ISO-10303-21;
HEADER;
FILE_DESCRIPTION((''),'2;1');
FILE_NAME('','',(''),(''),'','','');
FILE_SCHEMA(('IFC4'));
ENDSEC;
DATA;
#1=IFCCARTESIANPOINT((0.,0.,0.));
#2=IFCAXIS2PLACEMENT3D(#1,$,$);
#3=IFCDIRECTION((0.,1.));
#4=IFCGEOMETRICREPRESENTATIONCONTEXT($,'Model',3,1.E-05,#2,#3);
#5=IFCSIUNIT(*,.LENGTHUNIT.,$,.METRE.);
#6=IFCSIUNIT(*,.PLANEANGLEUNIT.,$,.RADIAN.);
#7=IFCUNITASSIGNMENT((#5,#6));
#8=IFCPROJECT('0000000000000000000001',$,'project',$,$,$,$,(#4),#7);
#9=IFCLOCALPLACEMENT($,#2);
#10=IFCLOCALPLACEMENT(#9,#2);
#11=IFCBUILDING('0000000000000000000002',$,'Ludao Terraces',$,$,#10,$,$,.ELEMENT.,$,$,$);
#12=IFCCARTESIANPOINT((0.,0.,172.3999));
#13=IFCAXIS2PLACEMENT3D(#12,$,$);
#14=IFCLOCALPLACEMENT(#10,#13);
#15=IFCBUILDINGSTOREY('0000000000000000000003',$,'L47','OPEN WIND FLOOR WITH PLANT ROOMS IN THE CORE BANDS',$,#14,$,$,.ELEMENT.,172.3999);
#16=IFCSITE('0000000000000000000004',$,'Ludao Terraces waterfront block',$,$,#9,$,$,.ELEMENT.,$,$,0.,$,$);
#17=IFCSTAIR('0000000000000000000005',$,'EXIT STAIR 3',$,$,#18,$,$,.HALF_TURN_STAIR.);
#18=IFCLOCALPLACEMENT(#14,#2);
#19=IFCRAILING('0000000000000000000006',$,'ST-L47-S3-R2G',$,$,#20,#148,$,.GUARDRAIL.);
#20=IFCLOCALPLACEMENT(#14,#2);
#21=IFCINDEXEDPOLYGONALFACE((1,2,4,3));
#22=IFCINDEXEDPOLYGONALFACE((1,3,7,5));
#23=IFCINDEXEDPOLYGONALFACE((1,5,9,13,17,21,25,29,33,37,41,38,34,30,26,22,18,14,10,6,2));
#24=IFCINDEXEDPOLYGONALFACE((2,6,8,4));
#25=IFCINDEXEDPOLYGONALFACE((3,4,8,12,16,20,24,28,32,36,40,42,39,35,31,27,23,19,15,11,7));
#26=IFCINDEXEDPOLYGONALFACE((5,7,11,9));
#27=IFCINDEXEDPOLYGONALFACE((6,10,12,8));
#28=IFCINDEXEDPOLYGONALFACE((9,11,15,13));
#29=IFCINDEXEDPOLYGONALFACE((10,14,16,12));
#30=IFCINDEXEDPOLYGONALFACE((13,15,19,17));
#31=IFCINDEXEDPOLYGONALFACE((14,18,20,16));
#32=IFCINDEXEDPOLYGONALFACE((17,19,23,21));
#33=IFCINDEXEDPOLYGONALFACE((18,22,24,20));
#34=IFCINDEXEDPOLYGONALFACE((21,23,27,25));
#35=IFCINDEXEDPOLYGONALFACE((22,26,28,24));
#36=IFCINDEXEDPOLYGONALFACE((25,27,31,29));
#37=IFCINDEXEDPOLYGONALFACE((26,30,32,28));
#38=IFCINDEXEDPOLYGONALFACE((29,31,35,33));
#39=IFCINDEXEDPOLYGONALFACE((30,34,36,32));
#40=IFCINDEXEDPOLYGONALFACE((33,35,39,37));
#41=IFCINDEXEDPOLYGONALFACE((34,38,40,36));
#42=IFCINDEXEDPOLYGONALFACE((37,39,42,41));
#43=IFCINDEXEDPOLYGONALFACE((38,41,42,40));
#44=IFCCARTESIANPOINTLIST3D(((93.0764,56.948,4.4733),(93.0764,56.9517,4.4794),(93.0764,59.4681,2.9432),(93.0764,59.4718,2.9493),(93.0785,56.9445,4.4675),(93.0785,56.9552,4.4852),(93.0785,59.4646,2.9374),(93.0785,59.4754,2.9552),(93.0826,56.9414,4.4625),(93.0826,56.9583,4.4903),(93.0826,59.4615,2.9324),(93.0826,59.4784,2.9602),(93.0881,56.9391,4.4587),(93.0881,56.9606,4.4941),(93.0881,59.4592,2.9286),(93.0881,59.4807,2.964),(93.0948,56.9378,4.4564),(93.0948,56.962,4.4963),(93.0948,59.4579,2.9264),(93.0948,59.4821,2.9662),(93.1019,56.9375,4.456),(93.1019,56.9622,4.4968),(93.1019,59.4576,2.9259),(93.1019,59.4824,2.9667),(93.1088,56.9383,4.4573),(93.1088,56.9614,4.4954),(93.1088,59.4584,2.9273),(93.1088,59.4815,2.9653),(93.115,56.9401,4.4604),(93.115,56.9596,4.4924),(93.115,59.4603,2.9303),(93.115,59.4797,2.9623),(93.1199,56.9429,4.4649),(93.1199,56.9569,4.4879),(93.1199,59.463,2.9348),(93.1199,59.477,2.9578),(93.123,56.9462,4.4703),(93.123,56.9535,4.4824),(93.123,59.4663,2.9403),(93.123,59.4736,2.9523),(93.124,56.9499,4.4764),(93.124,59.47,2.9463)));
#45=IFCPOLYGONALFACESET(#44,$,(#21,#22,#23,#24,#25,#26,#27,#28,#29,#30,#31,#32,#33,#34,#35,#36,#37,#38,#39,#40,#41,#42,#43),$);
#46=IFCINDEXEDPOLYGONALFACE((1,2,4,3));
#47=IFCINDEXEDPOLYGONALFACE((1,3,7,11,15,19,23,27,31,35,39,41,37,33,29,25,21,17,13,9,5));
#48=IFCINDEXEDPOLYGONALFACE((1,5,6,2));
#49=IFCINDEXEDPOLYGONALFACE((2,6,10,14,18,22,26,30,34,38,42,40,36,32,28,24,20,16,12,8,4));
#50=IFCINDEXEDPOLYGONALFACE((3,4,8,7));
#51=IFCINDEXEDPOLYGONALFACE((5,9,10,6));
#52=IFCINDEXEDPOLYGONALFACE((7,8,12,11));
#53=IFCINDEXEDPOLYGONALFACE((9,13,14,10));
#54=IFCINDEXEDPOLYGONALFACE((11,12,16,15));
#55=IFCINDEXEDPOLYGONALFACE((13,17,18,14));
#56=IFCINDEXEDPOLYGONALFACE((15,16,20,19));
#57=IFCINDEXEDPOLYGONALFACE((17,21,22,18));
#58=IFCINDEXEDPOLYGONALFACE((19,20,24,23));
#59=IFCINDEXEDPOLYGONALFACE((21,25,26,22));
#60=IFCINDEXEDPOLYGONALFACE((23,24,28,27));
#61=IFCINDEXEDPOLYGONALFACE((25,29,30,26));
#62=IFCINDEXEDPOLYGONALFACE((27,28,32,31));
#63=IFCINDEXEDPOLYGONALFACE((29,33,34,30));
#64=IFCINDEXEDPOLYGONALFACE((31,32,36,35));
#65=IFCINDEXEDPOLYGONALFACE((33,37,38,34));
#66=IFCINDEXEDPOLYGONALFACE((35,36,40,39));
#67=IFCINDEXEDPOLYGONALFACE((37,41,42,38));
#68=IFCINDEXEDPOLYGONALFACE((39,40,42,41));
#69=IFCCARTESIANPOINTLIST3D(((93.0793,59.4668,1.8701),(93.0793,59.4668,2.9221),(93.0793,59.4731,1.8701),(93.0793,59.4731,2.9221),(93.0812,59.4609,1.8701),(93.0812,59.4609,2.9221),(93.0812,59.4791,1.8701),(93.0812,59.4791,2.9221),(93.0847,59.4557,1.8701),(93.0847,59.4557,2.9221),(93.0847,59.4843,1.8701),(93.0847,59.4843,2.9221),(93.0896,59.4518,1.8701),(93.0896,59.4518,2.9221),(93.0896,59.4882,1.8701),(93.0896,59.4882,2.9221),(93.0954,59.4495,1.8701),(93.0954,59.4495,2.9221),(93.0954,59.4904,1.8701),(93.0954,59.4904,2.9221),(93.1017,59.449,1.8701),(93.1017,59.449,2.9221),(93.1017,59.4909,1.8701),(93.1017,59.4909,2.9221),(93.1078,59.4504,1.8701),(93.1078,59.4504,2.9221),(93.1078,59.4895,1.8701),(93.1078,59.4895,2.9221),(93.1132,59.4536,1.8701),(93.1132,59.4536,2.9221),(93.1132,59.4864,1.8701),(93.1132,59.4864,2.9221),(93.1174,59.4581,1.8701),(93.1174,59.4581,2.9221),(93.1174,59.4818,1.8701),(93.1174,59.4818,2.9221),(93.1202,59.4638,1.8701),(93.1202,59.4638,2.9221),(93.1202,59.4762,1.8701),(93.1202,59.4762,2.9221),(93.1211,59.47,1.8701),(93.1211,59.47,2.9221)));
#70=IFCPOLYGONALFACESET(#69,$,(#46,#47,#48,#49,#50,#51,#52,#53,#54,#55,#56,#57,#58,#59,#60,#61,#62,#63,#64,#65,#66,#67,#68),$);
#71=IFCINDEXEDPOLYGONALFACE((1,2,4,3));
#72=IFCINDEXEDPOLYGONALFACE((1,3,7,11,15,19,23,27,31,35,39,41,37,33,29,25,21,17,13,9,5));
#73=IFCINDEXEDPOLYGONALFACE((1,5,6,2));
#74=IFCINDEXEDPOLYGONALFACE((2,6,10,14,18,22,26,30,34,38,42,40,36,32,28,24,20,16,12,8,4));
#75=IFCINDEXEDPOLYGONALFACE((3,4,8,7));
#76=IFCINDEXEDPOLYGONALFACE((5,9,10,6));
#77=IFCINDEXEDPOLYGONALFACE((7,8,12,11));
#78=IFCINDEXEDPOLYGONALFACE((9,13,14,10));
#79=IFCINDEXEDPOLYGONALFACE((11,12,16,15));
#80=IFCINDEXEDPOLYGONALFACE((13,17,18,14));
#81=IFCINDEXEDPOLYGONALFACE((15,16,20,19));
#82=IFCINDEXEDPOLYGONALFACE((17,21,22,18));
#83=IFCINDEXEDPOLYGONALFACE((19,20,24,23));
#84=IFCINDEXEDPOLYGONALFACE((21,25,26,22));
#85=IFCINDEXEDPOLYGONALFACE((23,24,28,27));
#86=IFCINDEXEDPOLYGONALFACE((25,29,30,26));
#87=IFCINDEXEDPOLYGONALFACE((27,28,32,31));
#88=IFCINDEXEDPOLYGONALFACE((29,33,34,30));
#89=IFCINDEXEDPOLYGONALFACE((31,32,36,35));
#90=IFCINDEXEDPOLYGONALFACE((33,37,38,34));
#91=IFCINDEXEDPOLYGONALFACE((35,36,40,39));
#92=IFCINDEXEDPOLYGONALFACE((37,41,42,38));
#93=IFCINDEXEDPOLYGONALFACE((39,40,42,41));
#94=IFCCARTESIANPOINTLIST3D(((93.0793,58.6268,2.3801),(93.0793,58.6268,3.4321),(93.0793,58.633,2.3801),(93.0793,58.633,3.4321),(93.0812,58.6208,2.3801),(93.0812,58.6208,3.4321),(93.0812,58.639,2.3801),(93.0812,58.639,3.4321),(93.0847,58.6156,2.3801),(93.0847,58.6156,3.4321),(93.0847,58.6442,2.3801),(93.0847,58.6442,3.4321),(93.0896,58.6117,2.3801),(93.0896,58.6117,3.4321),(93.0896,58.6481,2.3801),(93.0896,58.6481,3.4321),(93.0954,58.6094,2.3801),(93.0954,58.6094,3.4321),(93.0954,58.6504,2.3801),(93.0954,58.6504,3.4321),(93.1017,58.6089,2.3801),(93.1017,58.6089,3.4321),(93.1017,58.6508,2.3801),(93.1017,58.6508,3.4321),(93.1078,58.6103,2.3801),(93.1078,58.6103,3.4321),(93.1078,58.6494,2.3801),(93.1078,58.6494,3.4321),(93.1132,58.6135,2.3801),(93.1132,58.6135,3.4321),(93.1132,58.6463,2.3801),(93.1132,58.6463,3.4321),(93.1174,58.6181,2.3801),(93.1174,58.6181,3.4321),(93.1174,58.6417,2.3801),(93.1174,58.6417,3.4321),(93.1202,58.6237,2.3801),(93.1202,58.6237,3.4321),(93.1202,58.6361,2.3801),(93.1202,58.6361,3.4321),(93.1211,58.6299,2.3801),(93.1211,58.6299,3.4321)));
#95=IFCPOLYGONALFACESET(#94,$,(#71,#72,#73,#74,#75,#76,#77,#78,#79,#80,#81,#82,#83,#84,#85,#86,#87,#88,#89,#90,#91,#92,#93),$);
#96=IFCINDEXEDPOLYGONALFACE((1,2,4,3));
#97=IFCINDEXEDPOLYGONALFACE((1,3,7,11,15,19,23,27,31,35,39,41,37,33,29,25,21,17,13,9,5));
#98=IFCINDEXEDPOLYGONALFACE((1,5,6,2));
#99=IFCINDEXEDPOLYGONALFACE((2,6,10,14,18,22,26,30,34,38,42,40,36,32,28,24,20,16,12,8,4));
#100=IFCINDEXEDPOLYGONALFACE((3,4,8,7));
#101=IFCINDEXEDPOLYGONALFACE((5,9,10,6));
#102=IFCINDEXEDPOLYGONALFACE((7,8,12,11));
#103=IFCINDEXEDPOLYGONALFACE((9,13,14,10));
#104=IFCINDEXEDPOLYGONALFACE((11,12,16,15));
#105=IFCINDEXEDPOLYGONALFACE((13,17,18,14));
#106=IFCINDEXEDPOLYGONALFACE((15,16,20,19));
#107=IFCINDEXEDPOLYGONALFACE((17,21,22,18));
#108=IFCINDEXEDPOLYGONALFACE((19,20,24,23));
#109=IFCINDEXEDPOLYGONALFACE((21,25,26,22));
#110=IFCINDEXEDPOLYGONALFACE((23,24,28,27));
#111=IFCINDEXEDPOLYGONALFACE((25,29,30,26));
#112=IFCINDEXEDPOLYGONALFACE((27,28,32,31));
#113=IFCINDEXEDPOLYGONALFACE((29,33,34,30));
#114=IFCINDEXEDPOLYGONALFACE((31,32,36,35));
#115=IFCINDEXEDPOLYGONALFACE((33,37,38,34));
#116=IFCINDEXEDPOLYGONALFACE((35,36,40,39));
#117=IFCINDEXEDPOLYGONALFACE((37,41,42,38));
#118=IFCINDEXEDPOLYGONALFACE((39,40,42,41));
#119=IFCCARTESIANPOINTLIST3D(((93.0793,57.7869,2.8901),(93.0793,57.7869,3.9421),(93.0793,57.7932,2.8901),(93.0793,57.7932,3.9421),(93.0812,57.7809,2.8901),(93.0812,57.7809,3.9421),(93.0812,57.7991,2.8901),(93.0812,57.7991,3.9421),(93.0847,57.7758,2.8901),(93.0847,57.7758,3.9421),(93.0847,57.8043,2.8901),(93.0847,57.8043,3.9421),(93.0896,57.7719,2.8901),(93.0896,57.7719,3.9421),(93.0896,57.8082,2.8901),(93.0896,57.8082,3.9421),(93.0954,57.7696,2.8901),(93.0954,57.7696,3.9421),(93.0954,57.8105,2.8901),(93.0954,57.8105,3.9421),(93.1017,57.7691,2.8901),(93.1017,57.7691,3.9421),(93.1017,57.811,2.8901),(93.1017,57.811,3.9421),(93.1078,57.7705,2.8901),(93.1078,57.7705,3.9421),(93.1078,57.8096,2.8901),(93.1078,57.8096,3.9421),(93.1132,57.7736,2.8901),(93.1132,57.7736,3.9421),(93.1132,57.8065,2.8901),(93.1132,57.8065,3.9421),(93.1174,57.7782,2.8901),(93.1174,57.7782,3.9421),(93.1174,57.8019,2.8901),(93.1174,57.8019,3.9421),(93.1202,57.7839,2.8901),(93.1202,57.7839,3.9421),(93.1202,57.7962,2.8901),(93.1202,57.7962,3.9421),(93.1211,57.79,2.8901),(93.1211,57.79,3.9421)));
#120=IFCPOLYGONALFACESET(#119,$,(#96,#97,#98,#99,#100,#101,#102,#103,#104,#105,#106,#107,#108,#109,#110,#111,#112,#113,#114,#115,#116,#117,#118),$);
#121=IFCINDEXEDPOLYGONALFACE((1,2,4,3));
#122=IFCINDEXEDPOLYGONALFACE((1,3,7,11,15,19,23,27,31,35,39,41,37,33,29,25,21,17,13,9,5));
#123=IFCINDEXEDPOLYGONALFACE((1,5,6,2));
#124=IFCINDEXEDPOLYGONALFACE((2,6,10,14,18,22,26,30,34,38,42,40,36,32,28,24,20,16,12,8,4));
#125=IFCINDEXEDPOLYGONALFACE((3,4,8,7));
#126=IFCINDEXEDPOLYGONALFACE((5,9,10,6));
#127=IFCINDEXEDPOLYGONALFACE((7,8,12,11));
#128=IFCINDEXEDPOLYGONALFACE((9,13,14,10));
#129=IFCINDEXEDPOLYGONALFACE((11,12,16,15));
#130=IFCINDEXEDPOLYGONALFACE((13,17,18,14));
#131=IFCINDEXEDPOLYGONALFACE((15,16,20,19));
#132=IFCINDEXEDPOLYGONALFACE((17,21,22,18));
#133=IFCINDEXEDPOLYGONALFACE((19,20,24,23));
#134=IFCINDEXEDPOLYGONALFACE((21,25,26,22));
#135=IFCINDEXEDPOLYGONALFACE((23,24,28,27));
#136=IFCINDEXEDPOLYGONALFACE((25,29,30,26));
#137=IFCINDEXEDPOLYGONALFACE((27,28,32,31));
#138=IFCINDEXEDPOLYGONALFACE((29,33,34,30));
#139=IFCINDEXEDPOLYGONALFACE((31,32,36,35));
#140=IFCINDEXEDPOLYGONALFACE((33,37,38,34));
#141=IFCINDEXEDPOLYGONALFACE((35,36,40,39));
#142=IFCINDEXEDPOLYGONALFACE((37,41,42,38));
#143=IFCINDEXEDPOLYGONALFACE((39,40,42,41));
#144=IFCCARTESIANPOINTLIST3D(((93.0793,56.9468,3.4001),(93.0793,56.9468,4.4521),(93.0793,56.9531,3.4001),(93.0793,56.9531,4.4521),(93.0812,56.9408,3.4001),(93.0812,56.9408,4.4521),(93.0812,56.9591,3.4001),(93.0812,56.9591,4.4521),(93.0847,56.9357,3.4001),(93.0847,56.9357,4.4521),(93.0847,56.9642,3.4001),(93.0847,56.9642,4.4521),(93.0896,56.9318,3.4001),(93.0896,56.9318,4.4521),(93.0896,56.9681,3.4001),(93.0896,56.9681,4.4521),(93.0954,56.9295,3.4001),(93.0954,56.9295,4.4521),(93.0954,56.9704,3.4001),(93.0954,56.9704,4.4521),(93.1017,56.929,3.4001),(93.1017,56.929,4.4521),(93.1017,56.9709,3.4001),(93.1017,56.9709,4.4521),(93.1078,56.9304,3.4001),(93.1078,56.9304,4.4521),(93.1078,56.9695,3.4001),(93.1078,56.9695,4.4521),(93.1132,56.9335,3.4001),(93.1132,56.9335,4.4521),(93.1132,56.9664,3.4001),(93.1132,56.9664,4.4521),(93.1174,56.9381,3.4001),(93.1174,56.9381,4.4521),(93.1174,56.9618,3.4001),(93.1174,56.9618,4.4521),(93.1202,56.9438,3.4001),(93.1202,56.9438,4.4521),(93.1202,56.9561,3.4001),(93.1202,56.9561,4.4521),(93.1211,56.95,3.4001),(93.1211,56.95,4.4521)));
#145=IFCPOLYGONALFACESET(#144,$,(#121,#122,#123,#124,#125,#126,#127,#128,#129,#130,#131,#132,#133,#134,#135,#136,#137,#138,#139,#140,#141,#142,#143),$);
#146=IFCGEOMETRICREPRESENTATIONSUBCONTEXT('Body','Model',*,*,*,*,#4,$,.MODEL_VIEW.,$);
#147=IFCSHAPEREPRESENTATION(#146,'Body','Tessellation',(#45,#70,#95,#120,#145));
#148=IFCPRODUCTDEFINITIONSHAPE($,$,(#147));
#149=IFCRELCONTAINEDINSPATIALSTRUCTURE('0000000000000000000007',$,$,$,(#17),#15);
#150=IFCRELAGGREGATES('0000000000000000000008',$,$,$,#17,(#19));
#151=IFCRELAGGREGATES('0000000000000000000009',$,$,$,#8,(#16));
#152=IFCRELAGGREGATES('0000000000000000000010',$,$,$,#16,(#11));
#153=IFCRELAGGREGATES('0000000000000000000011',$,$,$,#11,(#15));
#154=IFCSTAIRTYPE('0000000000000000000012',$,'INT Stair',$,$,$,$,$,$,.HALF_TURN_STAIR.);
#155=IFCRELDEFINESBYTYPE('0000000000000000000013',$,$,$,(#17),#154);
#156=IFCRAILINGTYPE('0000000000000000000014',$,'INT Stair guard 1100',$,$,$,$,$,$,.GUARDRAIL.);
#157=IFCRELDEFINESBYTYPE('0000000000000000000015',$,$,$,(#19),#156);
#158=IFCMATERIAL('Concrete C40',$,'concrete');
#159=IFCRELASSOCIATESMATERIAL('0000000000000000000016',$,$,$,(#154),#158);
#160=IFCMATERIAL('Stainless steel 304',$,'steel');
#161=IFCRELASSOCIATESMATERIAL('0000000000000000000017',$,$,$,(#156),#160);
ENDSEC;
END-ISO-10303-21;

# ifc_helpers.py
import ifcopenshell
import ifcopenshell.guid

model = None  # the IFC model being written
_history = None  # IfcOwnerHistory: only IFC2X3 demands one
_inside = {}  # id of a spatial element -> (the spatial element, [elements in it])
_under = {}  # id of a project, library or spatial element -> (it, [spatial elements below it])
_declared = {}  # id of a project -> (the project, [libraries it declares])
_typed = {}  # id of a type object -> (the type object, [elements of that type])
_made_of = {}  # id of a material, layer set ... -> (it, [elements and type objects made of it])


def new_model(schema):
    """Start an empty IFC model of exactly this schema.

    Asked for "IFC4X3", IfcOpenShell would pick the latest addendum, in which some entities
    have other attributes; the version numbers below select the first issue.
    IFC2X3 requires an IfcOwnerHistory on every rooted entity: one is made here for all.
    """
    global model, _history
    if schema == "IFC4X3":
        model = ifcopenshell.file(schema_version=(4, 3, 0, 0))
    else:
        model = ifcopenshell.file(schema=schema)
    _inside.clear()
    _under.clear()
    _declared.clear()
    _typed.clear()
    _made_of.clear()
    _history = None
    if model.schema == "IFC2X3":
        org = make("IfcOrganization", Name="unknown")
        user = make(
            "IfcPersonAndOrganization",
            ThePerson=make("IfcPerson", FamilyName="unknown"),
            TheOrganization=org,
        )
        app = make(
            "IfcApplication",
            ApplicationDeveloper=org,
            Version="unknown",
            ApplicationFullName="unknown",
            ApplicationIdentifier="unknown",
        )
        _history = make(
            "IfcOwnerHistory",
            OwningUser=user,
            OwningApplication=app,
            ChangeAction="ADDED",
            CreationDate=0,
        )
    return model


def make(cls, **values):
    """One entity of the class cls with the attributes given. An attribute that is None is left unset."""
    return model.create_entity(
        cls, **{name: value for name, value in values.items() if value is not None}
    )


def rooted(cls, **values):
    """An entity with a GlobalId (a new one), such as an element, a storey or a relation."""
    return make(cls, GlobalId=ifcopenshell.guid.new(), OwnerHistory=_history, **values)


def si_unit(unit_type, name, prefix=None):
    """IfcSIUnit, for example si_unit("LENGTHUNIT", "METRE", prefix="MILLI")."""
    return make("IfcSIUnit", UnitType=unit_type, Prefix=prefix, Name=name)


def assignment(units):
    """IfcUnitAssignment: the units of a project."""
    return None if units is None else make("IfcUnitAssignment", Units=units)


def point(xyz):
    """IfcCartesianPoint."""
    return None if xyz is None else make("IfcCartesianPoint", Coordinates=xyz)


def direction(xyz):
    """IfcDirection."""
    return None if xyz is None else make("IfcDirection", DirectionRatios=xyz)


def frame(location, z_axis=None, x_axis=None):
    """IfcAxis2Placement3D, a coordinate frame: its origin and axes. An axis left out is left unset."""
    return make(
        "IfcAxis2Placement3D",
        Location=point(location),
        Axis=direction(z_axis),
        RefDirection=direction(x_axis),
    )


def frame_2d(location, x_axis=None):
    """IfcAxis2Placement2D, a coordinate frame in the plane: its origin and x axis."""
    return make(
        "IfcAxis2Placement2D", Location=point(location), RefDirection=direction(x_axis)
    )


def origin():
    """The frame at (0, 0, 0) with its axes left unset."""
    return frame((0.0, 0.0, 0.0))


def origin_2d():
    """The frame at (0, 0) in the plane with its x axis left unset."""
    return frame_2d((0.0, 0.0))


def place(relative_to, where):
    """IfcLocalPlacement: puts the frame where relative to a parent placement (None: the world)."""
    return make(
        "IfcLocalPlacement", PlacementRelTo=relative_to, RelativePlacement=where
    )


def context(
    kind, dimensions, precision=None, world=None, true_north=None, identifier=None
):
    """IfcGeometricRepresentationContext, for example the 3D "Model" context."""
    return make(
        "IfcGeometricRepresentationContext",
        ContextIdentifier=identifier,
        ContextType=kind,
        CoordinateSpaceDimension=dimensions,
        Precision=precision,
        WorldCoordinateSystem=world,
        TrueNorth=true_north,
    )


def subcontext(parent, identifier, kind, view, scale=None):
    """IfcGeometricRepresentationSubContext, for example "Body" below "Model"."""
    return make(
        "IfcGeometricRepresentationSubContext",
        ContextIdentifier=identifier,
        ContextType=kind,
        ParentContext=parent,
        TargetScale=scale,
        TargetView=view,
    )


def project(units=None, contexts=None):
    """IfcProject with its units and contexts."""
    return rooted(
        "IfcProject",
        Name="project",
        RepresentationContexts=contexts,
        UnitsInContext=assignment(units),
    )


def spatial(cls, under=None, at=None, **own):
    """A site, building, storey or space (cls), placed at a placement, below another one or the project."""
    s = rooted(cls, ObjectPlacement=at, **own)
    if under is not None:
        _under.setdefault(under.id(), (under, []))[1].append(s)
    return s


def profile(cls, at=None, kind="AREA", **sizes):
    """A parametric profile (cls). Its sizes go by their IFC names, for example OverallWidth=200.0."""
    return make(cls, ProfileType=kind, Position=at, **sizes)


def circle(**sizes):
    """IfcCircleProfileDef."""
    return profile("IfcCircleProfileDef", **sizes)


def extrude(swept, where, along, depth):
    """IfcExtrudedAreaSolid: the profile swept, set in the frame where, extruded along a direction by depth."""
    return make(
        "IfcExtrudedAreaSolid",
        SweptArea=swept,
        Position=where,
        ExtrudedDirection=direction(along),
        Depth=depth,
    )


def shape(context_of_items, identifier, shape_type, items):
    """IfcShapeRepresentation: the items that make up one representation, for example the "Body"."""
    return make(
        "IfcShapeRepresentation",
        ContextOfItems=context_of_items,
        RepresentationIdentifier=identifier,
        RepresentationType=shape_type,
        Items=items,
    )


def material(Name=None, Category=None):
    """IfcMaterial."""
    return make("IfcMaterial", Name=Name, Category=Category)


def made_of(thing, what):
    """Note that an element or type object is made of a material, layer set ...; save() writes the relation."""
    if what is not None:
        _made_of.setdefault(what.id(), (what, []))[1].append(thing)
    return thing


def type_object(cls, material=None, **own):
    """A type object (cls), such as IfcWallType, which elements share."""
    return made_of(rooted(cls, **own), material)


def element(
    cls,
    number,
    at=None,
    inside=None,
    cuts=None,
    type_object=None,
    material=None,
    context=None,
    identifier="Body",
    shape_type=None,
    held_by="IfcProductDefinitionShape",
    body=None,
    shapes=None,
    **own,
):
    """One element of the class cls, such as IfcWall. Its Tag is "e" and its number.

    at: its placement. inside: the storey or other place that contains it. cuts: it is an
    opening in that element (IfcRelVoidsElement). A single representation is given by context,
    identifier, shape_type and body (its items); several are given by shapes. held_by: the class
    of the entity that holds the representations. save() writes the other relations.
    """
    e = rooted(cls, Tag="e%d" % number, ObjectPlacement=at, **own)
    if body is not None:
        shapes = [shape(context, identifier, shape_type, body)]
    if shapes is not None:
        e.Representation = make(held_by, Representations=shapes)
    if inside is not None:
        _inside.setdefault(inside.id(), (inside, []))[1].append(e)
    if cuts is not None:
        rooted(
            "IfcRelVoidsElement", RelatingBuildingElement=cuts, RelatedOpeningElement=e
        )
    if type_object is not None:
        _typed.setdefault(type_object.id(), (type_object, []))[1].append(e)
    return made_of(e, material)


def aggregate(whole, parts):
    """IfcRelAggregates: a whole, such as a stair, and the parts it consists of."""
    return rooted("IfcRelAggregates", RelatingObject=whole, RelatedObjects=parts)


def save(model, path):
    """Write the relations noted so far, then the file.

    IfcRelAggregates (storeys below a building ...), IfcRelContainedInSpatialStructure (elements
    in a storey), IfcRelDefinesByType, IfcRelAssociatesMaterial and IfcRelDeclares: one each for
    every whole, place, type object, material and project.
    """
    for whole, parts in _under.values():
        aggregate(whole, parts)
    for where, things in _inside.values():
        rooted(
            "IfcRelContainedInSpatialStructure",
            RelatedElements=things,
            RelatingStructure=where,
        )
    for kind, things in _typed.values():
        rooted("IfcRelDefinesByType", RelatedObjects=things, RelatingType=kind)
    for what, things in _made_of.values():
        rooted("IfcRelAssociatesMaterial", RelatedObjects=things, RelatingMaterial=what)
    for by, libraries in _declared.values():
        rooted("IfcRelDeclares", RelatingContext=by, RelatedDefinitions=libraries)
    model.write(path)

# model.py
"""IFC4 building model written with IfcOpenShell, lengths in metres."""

from ifc_helpers import new_model, si_unit, direction, frame, origin, origin_2d, place, context, subcontext, project, spatial, circle, extrude, material, type_object, element, aggregate, save


model = new_model("IFC4")

# Units and contexts
model_context = context("Model", 3, precision=1e-05, world=origin(), true_north=direction((0.0, 1.0)))
body_context = subcontext(model_context, "Body", "Model", "MODEL_VIEW")
ifc_project = project(units=[si_unit("LENGTHUNIT", "METRE"), si_unit("PLANEANGLEUNIT", "RADIAN")], contexts=[model_context])

# Site, building, storey
site_placement = place(None, origin())
site = spatial("IfcSite", under=ifc_project, at=site_placement, Name="Ludao Terraces waterfront block", CompositionType="ELEMENT", RefElevation=0.0)
building_placement = place(site_placement, origin())
building = spatial("IfcBuilding", under=site, at=building_placement, Name="Ludao Terraces", CompositionType="ELEMENT")
storey_placement = place(building_placement, frame((0.0, 0.0, 172.3999)))
storey = spatial("IfcBuildingStorey", under=building, at=storey_placement, Name="L47", Description="OPEN WIND FLOOR WITH PLANT ROOMS IN THE CORE BANDS", CompositionType="ELEMENT", Elevation=172.3999)

# Stair, railing
ifc_material_1 = material(Name="Concrete C40", Category="concrete")
stair_type = type_object("IfcStairType", Name="INT Stair", PredefinedType="HALF_TURN_STAIR", material=ifc_material_1)
stair_placement = place(storey_placement, origin())
stair = element("IfcStair", 1, at=stair_placement, inside=storey, type_object=stair_type, Name="EXIT STAIR 3", PredefinedType="HALF_TURN_STAIR")
ifc_material_2 = material(Name="Stainless steel 304", Category="steel")
railing_type_1 = type_object("IfcRailingType", Name="INT Stair guard 1100", PredefinedType="GUARDRAIL", material=ifc_material_2)
railing_1_placement = place(storey_placement, frame((93.1001, 59.47, 1.8701)))
railing_1 = element("IfcRailing", 2, at=railing_1_placement, type_object=railing_type_1, Name="ST-L47-S3-R2G", PredefinedType="GUARDRAIL", context=body_context, shape_type="SweptSolid", body=[
    extrude(circle(Radius=0.0239, at=origin_2d()), frame((0.0, 0.0, 1.0762), z_axis=(0.0, -0.854785, 0.518982), x_axis=(1.0, 0.0, 0.0)), (0.0, 0.0, 1.0), 2.9482),
    extrude(circle(Radius=0.021, at=origin_2d()), origin(), (0.0, 0.0, 1.0), 1.052),
    extrude(circle(Radius=0.021, at=origin_2d()), frame((0.0, -0.8401, 0.51)), (0.0, 0.0, 1.0), 1.052),
    extrude(circle(Radius=0.021, at=origin_2d()), frame((0.0, -1.6799, 1.02)), (0.0, 0.0, 1.0), 1.052),
    extrude(circle(Radius=0.021, at=origin_2d()), frame((0.0, -2.52, 1.53)), (0.0, 0.0, 1.0), 1.052),
])
aggregate(stair, [railing_1])

save(model, "model.ifc")
